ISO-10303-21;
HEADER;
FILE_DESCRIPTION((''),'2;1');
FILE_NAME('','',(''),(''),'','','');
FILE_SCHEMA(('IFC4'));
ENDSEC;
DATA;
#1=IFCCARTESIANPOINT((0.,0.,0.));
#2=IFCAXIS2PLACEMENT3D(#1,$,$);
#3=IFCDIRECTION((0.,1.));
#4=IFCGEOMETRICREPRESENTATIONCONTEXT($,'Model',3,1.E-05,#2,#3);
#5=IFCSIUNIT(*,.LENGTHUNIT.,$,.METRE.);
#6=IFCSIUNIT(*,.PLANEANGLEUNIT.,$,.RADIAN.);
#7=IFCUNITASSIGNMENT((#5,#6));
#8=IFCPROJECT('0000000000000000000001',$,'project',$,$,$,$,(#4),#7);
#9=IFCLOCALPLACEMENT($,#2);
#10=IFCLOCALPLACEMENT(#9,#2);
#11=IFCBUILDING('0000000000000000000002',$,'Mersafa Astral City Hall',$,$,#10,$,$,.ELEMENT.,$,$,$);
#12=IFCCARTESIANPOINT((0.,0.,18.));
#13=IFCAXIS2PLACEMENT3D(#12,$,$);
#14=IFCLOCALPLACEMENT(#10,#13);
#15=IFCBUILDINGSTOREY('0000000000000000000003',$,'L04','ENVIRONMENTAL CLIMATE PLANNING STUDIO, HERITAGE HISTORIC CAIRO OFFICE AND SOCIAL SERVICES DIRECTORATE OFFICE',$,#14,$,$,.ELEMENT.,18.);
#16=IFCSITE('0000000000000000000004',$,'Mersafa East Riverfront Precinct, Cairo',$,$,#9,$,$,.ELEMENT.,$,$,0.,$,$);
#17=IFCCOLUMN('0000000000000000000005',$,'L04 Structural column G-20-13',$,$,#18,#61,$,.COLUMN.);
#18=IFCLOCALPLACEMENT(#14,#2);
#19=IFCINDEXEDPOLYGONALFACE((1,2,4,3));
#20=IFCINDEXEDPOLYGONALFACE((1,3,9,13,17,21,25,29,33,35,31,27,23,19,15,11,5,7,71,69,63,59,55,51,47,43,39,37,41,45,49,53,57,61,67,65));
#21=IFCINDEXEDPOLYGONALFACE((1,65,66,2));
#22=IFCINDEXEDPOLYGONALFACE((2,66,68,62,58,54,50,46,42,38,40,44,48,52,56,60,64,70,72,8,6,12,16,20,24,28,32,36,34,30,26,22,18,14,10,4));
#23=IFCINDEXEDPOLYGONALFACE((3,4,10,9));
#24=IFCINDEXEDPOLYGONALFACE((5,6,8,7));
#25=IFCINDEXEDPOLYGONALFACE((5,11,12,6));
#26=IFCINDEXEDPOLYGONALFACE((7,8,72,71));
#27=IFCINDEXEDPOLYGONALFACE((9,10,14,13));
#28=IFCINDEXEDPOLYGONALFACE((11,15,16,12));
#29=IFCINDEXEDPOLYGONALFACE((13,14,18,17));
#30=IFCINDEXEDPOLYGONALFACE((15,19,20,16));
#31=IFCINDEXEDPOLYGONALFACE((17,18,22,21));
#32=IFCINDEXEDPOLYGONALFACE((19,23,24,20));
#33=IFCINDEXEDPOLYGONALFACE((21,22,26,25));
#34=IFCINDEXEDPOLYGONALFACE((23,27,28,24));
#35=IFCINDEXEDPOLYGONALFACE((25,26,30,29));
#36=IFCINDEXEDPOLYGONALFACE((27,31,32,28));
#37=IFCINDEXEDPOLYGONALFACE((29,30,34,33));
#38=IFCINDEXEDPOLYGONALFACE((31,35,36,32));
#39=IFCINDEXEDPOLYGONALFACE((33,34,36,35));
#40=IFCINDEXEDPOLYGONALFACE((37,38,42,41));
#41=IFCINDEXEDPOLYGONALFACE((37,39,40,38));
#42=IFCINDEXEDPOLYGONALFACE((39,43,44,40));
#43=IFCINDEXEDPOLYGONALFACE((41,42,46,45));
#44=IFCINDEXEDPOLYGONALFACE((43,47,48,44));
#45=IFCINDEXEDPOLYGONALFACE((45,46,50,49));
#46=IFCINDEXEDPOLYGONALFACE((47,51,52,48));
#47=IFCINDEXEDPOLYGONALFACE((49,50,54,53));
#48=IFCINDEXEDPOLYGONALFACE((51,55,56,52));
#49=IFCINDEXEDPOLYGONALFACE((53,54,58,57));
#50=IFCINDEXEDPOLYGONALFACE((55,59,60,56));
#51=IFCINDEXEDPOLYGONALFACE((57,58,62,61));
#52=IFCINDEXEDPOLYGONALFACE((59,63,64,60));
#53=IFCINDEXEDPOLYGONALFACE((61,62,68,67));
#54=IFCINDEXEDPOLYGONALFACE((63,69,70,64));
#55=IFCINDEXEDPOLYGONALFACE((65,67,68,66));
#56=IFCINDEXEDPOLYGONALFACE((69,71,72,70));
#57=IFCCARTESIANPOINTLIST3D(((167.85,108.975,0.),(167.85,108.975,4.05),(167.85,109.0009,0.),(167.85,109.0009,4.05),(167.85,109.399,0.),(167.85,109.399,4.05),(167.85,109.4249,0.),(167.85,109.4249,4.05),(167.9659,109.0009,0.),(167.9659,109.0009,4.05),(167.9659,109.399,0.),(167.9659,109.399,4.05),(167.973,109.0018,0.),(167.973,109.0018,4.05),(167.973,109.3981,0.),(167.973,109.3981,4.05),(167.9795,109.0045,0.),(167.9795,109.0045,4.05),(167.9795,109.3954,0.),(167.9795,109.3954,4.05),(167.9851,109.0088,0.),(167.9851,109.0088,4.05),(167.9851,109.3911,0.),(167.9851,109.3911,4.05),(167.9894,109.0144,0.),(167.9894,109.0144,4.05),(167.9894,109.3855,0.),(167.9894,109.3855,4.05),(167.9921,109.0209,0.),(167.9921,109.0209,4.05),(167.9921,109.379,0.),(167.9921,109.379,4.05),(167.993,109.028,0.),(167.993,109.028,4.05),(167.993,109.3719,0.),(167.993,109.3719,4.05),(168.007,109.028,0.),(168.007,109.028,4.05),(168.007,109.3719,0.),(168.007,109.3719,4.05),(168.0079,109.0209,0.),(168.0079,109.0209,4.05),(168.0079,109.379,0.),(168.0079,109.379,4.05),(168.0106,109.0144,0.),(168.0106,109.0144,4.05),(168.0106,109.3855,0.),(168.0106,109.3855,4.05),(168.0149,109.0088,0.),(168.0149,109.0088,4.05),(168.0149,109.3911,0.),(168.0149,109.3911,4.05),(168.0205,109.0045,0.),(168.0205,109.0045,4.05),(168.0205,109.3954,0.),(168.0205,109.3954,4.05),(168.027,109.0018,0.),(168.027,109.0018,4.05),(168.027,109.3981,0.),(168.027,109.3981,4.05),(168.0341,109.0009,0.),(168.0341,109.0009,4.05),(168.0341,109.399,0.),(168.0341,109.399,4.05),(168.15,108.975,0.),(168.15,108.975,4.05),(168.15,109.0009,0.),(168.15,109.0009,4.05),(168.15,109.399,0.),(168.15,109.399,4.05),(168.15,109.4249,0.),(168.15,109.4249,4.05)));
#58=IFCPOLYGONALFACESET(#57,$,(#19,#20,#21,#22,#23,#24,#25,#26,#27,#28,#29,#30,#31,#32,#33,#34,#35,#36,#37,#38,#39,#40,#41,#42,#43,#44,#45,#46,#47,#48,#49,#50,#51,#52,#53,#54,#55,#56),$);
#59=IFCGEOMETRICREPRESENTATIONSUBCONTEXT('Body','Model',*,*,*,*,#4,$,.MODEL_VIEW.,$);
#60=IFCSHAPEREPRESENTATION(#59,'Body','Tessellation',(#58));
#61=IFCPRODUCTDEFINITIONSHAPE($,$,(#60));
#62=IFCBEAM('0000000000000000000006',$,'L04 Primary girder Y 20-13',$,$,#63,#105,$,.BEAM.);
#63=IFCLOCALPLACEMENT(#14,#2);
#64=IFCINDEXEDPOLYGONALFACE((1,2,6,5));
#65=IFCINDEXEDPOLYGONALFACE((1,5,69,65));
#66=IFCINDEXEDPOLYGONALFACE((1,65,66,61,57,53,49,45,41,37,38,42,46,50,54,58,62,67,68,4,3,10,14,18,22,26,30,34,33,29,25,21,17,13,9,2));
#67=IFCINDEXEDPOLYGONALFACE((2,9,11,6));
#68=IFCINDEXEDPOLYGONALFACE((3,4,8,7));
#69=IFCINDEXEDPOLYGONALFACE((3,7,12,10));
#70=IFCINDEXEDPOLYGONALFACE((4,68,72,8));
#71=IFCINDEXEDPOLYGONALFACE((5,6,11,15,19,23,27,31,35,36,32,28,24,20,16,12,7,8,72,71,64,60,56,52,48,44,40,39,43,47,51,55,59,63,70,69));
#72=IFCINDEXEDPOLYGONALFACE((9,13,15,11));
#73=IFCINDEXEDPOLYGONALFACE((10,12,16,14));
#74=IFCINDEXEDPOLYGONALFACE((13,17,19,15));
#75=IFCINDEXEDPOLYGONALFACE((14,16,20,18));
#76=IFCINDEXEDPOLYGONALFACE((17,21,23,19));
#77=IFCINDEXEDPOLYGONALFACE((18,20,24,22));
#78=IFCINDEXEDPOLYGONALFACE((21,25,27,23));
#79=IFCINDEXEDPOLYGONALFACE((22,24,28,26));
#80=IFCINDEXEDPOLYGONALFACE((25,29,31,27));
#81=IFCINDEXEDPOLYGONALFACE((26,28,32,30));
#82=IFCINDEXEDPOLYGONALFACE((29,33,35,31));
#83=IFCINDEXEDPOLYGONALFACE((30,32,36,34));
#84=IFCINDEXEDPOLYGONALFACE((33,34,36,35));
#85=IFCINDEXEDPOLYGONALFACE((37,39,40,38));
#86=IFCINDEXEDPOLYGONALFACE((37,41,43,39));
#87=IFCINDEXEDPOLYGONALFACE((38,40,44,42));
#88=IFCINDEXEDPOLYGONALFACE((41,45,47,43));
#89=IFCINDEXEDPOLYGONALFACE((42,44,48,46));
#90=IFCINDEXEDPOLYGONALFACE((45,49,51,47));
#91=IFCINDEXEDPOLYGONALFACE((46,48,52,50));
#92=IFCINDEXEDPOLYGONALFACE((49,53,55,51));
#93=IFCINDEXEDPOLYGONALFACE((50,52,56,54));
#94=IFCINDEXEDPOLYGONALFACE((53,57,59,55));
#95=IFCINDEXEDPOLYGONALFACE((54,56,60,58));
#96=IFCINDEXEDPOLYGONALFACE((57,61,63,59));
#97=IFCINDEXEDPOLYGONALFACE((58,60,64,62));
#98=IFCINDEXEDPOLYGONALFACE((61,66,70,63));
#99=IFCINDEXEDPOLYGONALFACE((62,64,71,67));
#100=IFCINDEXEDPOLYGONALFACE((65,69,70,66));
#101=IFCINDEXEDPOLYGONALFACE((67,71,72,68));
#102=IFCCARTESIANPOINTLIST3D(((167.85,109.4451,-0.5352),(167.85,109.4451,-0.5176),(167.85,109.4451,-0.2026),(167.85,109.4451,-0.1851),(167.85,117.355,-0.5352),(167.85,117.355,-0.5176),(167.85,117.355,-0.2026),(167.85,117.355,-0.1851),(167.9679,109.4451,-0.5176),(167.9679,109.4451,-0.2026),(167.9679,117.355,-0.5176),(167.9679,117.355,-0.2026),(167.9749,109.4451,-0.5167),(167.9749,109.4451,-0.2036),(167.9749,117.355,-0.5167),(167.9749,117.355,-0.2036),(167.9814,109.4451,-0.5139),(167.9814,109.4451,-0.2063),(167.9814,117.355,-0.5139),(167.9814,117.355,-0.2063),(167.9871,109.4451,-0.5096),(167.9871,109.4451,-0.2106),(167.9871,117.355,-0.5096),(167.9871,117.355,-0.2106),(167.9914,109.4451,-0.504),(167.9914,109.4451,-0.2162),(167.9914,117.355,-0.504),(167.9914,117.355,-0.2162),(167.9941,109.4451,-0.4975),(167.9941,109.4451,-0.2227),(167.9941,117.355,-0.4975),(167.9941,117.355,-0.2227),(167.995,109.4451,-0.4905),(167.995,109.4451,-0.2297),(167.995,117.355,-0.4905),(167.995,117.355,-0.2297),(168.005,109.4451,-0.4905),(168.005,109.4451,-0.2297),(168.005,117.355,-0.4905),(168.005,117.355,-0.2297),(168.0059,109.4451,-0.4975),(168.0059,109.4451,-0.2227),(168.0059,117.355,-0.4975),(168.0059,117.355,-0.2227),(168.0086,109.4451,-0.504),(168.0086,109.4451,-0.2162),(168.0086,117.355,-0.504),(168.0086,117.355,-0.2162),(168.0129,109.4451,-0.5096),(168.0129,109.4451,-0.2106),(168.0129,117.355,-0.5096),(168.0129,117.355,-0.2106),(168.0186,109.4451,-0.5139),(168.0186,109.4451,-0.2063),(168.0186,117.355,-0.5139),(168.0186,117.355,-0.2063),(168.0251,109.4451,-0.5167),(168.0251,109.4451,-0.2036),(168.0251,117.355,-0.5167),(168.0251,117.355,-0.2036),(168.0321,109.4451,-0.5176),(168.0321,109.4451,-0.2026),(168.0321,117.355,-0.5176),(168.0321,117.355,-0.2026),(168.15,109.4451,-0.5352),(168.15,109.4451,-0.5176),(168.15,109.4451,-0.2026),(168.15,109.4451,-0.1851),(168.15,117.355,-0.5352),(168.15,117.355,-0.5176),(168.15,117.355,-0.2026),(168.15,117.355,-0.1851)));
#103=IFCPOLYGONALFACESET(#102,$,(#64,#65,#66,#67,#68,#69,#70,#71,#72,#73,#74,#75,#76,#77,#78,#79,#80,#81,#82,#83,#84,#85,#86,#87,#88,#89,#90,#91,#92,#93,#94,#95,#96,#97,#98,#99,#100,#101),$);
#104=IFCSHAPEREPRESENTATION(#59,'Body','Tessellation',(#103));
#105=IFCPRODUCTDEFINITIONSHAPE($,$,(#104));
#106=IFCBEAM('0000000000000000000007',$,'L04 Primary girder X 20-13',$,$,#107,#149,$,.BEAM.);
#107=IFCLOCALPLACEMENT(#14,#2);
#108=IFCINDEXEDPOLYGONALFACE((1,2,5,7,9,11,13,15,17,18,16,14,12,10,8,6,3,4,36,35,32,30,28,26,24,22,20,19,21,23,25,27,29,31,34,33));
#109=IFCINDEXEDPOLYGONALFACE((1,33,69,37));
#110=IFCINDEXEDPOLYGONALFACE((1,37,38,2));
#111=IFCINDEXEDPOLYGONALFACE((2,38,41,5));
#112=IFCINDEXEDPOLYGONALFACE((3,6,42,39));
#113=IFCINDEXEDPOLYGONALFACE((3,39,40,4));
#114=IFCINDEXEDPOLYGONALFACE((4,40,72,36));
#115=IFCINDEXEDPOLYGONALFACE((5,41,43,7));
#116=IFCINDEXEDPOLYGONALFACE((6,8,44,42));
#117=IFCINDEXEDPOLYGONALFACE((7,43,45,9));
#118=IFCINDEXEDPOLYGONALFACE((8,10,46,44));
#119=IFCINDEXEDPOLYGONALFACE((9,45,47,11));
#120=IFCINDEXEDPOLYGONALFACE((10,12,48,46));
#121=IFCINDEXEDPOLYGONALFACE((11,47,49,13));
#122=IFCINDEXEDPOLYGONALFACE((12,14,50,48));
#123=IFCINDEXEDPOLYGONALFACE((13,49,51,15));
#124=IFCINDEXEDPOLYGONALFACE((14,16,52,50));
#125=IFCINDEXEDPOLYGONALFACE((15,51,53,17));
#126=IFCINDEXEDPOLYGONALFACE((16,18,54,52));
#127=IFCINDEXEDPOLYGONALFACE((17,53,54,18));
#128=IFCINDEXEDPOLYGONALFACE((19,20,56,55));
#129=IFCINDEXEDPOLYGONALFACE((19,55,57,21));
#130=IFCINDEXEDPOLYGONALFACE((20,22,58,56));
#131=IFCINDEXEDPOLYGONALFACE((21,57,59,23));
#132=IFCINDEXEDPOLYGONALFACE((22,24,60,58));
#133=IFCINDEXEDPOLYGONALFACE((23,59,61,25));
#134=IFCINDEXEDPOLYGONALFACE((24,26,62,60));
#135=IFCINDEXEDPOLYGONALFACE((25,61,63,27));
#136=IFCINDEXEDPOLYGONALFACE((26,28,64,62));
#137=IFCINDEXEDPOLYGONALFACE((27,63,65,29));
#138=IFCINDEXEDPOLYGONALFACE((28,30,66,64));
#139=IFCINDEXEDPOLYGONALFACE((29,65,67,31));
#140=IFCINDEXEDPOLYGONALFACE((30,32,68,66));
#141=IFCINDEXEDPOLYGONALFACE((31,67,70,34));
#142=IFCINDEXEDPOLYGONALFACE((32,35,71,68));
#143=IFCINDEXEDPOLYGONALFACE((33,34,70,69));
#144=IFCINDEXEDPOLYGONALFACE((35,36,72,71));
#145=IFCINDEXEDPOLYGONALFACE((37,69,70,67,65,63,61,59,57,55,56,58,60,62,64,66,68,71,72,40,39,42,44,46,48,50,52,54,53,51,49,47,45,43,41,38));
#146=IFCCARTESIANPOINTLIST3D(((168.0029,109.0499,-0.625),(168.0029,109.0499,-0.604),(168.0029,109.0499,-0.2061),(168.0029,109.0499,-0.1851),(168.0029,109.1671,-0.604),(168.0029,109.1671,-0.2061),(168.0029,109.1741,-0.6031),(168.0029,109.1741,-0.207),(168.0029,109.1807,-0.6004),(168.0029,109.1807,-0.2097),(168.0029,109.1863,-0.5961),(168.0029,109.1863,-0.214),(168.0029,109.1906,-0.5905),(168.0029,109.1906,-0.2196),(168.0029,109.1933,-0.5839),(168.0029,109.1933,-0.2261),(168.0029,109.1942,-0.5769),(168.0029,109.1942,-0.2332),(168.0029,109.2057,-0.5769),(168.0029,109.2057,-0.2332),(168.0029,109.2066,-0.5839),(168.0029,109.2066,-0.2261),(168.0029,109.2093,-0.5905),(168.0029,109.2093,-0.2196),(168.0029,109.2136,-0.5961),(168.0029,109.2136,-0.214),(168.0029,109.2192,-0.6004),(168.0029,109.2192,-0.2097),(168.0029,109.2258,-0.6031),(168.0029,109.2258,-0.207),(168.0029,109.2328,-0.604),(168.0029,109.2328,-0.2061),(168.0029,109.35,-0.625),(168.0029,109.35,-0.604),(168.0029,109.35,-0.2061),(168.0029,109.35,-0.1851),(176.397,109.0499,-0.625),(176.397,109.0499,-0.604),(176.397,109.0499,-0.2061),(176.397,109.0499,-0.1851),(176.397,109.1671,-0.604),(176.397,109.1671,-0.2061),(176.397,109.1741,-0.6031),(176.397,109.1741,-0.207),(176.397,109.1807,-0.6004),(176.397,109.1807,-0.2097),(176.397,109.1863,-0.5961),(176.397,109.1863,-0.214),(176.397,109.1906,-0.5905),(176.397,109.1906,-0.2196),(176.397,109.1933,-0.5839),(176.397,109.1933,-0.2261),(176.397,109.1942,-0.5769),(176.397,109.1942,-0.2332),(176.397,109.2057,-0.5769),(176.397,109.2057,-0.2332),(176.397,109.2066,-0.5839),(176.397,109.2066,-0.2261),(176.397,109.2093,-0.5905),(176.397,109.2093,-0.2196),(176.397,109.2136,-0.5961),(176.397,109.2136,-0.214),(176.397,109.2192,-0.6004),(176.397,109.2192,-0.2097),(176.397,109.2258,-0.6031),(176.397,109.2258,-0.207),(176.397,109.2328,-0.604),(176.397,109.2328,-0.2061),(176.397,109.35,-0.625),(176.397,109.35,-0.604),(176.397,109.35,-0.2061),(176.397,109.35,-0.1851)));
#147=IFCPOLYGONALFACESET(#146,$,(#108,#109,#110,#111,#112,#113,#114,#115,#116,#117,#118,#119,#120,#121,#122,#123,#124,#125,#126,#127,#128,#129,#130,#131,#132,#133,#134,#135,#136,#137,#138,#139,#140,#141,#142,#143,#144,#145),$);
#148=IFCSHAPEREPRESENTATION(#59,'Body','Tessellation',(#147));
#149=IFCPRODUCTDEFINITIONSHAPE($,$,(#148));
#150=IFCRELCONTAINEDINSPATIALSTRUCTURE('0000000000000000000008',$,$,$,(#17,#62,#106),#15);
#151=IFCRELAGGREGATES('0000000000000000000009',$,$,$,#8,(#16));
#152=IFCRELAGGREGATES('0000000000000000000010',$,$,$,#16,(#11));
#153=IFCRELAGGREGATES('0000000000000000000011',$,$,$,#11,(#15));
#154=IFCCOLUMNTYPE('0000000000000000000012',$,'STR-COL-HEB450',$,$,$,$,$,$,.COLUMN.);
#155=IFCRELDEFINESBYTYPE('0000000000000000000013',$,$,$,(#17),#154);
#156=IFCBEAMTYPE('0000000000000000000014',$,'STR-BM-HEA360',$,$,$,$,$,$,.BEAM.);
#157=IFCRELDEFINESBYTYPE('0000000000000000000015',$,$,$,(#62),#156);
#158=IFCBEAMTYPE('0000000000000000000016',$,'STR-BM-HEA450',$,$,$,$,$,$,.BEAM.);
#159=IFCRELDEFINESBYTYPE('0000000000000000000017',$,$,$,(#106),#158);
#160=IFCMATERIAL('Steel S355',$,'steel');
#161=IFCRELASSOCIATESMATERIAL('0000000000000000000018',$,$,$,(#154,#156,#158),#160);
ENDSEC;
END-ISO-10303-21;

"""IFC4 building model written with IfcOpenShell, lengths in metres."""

from ifc_helpers import new_model, si_unit, direction, frame, origin, origin_2d, place, context, subcontext, project, spatial, i_section, extrude, material, material_profile, profile_set, type_object, element, save


model = new_model("IFC4")

# Units and contexts
model_context = context("Model", 3, precision=1e-05, world=origin(), true_north=direction((0.0, 1.0)))
body_context = subcontext(model_context, "Body", "Model", "MODEL_VIEW")
ifc_project = project(units=[si_unit("LENGTHUNIT", "METRE"), si_unit("PLANEANGLEUNIT", "RADIAN")], contexts=[model_context])

# Site, building, storey
site_placement = place(None, origin())
site = spatial("IfcSite", under=ifc_project, at=site_placement, Name="Mersafa East Riverfront Precinct, Cairo", CompositionType="ELEMENT", RefElevation=0.0)
building_placement = place(site_placement, origin())
building = spatial("IfcBuilding", under=site, at=building_placement, Name="Mersafa Astral City Hall", CompositionType="ELEMENT")
storey_placement = place(building_placement, frame((0.0, 0.0, 18.0)))
storey = spatial("IfcBuildingStorey", under=building, at=storey_placement, Name="L04", Description="ENVIRONMENTAL CLIMATE PLANNING STUDIO, HERITAGE HISTORIC CAIRO OFFICE AND SOCIAL SERVICES DIRECTORATE OFFICE", CompositionType="ELEMENT", Elevation=18.0)

# Column
ifc_material_1 = material(Name="Steel S355", Category="steel")
ifc_material_profile_1 = material_profile(ifc_material_1, i_section(OverallWidth=0.3, OverallDepth=0.45, WebThickness=0.0139, FlangeThickness=0.0259, FilletRadius=0.0271, at=origin_2d()), Name="HEB 450")
ifc_profile_set_1 = profile_set([ifc_material_profile_1], Name="Steel S355")
column_type = type_object("IfcColumnType", Name="STR-COL-HEB450", PredefinedType="COLUMN", material=ifc_profile_set_1)
column_placement = place(storey_placement, frame((168.0, 109.2, 0.0), z_axis=(0.0, 0.0, 1.0), x_axis=(1.0, 0.0, 0.0)))
element("IfcColumn", 1, at=column_placement, inside=storey, type_object=column_type, Name="L04 Structural column G-20-13", PredefinedType="COLUMN", context=body_context, shape_type="SweptSolid", body=[
    extrude(i_section(OverallWidth=0.3, OverallDepth=0.45, WebThickness=0.0139, FlangeThickness=0.0259, FilletRadius=0.0271, at=origin_2d()), origin(), (0.0, 0.0, 1.0), 4.05),
])

# Beams
ifc_material_profile_2 = material_profile(ifc_material_1, i_section(OverallWidth=0.3, OverallDepth=0.3501, WebThickness=0.01, FlangeThickness=0.0176, FilletRadius=0.0271, at=origin_2d()), Name="HEA 360")
ifc_profile_set_2 = profile_set([ifc_material_profile_2], Name="Steel S355")
beam_type_1 = type_object("IfcBeamType", Name="STR-BM-HEA360", PredefinedType="BEAM", material=ifc_profile_set_2)
beam_1_placement = place(storey_placement, frame((168.0, 109.4451, -0.3601), z_axis=(0.0, 1.0, 0.0), x_axis=(-1.0, 0.0, 0.0)))
element("IfcBeam", 2, at=beam_1_placement, inside=storey, type_object=beam_type_1, Name="L04 Primary girder Y 20-13", PredefinedType="BEAM", context=body_context, shape_type="SweptSolid", body=[
    extrude(i_section(OverallWidth=0.3, OverallDepth=0.3501, WebThickness=0.01, FlangeThickness=0.0176, FilletRadius=0.0271, at=origin_2d()), origin(), (0.0, 0.0, 1.0), 7.9099),
])
ifc_material_profile_3 = material_profile(ifc_material_1, i_section(OverallWidth=0.3, OverallDepth=0.4399, WebThickness=0.0115, FlangeThickness=0.021, FilletRadius=0.0271, at=origin_2d()), Name="HEA 450")
ifc_profile_set_3 = profile_set([ifc_material_profile_3], Name="Steel S355")
beam_type_2 = type_object("IfcBeamType", Name="STR-BM-HEA450", PredefinedType="BEAM", material=ifc_profile_set_3)
beam_2_placement = place(storey_placement, frame((168.0029, 109.2, -0.405), z_axis=(1.0, 0.0, 0.0), x_axis=(0.0, 1.0, 0.0)))
element("IfcBeam", 3, at=beam_2_placement, inside=storey, type_object=beam_type_2, Name="L04 Primary girder X 20-13", PredefinedType="BEAM", context=body_context, shape_type="SweptSolid", body=[
    extrude(i_section(OverallWidth=0.3, OverallDepth=0.4399, WebThickness=0.0115, FlangeThickness=0.021, FilletRadius=0.0271, at=origin_2d()), origin(), (0.0, 0.0, 1.0), 8.394),
])

save(model, "model.ifc")
